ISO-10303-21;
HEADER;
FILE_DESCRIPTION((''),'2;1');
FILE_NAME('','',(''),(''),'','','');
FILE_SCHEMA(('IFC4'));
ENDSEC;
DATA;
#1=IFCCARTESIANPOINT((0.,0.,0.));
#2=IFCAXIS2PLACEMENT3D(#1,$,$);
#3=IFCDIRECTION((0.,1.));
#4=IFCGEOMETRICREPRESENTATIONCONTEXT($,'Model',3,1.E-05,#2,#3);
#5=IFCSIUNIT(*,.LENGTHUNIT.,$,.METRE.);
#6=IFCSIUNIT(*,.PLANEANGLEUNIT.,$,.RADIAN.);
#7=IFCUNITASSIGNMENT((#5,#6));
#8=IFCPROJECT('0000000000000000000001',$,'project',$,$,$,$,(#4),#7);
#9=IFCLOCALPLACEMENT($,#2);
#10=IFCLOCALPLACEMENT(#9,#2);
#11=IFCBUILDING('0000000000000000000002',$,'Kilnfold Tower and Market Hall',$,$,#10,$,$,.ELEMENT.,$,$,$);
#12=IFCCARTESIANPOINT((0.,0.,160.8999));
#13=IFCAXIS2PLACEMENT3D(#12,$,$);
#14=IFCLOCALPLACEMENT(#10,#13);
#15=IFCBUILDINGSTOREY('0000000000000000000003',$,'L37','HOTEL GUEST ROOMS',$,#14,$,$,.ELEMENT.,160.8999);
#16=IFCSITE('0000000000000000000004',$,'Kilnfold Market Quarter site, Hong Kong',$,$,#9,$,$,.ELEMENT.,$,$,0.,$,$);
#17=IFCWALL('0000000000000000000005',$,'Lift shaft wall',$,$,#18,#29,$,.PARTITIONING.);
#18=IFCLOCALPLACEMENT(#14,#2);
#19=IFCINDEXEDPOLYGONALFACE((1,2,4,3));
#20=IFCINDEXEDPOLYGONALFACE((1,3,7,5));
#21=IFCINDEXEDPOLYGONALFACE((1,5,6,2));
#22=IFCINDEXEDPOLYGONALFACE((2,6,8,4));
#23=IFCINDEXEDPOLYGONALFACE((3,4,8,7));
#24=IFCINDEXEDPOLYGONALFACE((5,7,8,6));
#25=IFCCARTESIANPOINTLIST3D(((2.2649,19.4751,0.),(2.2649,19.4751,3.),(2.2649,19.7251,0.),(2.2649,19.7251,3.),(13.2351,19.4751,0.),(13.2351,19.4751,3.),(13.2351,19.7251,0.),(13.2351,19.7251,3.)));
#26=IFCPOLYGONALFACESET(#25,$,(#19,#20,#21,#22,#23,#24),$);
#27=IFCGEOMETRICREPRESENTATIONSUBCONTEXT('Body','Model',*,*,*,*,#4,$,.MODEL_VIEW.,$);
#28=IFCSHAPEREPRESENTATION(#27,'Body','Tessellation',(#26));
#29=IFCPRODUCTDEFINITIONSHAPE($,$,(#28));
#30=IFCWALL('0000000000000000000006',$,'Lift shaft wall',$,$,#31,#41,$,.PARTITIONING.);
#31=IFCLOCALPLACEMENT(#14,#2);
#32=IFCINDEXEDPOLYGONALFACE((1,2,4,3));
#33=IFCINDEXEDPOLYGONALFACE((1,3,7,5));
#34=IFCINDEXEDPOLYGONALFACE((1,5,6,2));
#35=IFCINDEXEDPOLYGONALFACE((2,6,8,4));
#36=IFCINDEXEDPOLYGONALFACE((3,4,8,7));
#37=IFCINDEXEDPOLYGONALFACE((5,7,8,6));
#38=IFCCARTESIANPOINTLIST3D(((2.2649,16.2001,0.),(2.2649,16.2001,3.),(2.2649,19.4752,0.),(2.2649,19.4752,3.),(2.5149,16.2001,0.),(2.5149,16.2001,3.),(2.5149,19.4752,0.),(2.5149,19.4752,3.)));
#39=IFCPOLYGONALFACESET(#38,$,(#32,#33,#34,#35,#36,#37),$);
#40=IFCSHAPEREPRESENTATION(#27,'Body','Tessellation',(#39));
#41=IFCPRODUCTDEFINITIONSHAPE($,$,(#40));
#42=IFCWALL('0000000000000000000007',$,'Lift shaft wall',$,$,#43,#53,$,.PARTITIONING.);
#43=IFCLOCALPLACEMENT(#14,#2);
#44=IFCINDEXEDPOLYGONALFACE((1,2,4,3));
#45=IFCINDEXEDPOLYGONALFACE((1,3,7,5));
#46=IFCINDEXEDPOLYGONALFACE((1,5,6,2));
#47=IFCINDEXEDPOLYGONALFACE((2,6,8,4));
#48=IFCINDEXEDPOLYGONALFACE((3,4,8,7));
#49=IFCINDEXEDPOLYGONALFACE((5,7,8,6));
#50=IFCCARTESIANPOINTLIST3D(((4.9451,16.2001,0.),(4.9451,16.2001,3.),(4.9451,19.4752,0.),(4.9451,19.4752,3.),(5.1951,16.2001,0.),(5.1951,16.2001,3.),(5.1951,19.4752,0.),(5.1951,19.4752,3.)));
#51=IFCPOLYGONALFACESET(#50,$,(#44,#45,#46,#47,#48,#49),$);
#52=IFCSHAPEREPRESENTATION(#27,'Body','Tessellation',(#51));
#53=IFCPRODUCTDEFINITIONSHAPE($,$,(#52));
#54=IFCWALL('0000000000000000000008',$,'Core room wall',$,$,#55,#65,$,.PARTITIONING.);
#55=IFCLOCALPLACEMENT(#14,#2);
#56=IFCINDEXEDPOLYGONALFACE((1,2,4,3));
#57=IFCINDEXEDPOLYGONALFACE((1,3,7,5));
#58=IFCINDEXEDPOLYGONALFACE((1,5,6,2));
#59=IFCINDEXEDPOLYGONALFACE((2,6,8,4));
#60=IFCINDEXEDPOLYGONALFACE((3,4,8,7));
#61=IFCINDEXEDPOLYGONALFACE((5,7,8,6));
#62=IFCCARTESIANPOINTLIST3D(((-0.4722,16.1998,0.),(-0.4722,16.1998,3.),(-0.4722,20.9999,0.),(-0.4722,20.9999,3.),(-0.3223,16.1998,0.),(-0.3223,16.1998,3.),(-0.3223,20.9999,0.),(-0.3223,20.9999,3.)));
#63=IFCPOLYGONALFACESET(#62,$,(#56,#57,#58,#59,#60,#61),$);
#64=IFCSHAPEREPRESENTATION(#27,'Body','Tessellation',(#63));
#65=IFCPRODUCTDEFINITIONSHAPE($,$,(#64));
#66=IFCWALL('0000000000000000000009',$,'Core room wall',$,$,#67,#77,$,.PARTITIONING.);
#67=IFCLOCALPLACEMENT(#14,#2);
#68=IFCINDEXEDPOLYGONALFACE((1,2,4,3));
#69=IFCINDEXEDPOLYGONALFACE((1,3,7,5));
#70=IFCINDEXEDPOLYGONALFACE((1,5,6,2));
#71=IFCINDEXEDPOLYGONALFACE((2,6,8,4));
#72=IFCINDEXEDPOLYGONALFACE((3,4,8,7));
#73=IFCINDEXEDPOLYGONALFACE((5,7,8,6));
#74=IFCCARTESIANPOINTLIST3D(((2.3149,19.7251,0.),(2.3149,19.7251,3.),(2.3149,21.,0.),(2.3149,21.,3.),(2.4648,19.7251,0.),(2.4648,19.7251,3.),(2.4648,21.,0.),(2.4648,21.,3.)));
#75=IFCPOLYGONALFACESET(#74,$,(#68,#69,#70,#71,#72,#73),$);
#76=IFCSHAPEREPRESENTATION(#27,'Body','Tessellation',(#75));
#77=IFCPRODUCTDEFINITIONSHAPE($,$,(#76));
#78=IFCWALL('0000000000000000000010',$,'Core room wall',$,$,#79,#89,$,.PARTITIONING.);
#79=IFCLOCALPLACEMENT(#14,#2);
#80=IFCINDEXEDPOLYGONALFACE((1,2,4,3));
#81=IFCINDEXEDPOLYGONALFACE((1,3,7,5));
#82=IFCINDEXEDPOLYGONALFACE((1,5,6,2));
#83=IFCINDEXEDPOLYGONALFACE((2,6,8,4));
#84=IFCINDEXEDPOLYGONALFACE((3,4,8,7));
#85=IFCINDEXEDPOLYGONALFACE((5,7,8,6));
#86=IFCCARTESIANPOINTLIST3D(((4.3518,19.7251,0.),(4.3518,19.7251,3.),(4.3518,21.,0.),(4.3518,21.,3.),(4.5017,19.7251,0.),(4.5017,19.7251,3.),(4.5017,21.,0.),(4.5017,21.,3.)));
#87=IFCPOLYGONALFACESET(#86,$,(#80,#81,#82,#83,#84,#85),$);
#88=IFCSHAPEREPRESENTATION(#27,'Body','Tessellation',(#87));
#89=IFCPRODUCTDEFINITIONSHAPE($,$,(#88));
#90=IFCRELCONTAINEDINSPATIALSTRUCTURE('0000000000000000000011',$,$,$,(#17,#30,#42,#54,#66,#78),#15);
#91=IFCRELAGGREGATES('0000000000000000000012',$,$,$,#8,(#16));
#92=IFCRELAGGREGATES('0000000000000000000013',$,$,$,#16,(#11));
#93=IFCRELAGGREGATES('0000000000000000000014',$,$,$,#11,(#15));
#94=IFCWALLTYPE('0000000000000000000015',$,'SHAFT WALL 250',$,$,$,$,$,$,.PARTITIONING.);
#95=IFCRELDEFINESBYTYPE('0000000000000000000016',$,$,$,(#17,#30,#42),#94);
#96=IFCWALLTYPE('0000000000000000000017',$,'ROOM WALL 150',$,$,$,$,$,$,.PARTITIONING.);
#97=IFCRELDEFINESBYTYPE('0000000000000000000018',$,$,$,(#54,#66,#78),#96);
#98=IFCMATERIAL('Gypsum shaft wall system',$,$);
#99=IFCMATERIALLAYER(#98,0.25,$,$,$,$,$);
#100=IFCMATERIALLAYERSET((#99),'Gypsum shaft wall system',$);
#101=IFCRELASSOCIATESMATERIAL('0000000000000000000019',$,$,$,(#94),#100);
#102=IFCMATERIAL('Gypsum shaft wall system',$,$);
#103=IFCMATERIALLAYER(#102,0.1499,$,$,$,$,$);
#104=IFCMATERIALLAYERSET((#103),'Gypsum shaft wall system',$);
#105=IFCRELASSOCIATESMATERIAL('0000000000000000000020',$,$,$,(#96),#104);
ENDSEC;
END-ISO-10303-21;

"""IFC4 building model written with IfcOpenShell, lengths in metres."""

from ifc_helpers import new_model, si_unit, direction, frame, frame_2d, origin, place, context, subcontext, project, spatial, rectangle, extrude, source, transform, mapped, material, layer, layer_set, type_object, element, save


model = new_model("IFC4")

# Units and contexts
model_context = context("Model", 3, precision=1e-05, world=origin(), true_north=direction((0.0, 1.0)))
body_context = subcontext(model_context, "Body", "Model", "MODEL_VIEW")
ifc_project = project(units=[si_unit("LENGTHUNIT", "METRE"), si_unit("PLANEANGLEUNIT", "RADIAN")], contexts=[model_context])

# Site, building, storey
site_placement = place(None, origin())
site = spatial("IfcSite", under=ifc_project, at=site_placement, Name="Kilnfold Market Quarter site, Hong Kong", CompositionType="ELEMENT", RefElevation=0.0)
building_placement = place(site_placement, origin())
building = spatial("IfcBuilding", under=site, at=building_placement, Name="Kilnfold Tower and Market Hall", CompositionType="ELEMENT")
storey_placement = place(building_placement, frame((0.0, 0.0, 160.8999)))
storey = spatial("IfcBuildingStorey", under=building, at=storey_placement, Name="L37", Description="HOTEL GUEST ROOMS", CompositionType="ELEMENT", Elevation=160.8999)

# Walls
ifc_material_1 = material(Name="Gypsum shaft wall system")
ifc_layer_1 = layer(ifc_material_1, 0.25)
ifc_layer_set_1 = layer_set([ifc_layer_1], Name="Gypsum shaft wall system")
wall_type_1 = type_object("IfcWallType", Name="SHAFT WALL 250", PredefinedType="PARTITIONING", material=ifc_layer_set_1)
shared_shape_1 = source(origin(), body_context, "Body", "SweptSolid", [
    extrude(rectangle(XDim=10.9702, YDim=0.25, at=frame_2d((5.4851, 0.0))), origin(), (0.0, 0.0, 1.0), 3.0),
])
wall_1_placement = place(storey_placement, frame((2.2649, 19.6001, 0.0), z_axis=(0.0, 0.0, 1.0), x_axis=(1.0, 0.0, 0.0)))
element("IfcWall", 1, at=wall_1_placement, inside=storey, type_object=wall_type_1, Name="Lift shaft wall", PredefinedType="PARTITIONING", context=body_context, shape_type="MappedRepresentation", body=[
    mapped(shared_shape_1, transform((0.0, 0.0, 0.0))),
])
shared_shape_2 = source(origin(), body_context, "Body", "SweptSolid", [
    extrude(rectangle(XDim=3.2751, YDim=0.25, at=frame_2d((1.6377, 0.0))), origin(), (0.0, 0.0, 1.0), 3.0),
])
for number, where, z_axis, x_axis, name in (
    (2, (2.3899, 16.2, 0.0), (0.0, 0.0, 1.0), (0.0, 1.0, 0.0), "Lift shaft wall"),
    (3, (5.0701, 16.2, 0.0), (0.0, 0.0, 1.0), (0.0, 1.0, 0.0), "Lift shaft wall"),
):
    element("IfcWall", number, at=place(storey_placement, frame(where, z_axis=z_axis, x_axis=x_axis)), inside=storey, type_object=wall_type_1, Name=name, PredefinedType="PARTITIONING", context=body_context, shape_type="MappedRepresentation", body=[
        mapped(shared_shape_2, transform((0.0, 0.0, 0.0))),
    ])
ifc_material_2 = material(Name="Gypsum shaft wall system")
ifc_layer_2 = layer(ifc_material_2, 0.1499)
ifc_layer_set_2 = layer_set([ifc_layer_2], Name="Gypsum shaft wall system")
wall_type_2 = type_object("IfcWallType", Name="ROOM WALL 150", PredefinedType="PARTITIONING", material=ifc_layer_set_2)
shared_shape_3 = source(origin(), body_context, "Body", "SweptSolid", [
    extrude(rectangle(XDim=4.8, YDim=0.1499, at=frame_2d((2.3999, 0.0))), origin(), (0.0, 0.0, 1.0), 3.0),
])
wall_2_placement = place(storey_placement, frame((-0.3972, 16.2, 0.0), z_axis=(0.0, 0.0, 1.0), x_axis=(0.0, 1.0, 0.0)))
element("IfcWall", 4, at=wall_2_placement, inside=storey, type_object=wall_type_2, Name="Core room wall", PredefinedType="PARTITIONING", context=body_context, shape_type="MappedRepresentation", body=[
    mapped(shared_shape_3, transform((0.0, 0.0, 0.0))),
])
shared_shape_4 = source(origin(), body_context, "Body", "SweptSolid", [
    extrude(rectangle(XDim=1.2749, YDim=0.1499, at=frame_2d((0.6375, 0.0))), origin(), (0.0, 0.0, 1.0), 3.0),
])
for number, where, z_axis, x_axis, name in (
    (5, (2.3899, 19.7251, 0.0), (0.0, 0.0, 1.0), (0.0, 1.0, 0.0), "Core room wall"),
    (6, (4.4268, 19.7251, 0.0), (0.0, 0.0, 1.0), (0.0, 1.0, 0.0), "Core room wall"),
):
    element("IfcWall", number, at=place(storey_placement, frame(where, z_axis=z_axis, x_axis=x_axis)), inside=storey, type_object=wall_type_2, Name=name, PredefinedType="PARTITIONING", context=body_context, shape_type="MappedRepresentation", body=[
        mapped(shared_shape_4, transform((0.0, 0.0, 0.0))),
    ])

save(model, "model.ifc")
